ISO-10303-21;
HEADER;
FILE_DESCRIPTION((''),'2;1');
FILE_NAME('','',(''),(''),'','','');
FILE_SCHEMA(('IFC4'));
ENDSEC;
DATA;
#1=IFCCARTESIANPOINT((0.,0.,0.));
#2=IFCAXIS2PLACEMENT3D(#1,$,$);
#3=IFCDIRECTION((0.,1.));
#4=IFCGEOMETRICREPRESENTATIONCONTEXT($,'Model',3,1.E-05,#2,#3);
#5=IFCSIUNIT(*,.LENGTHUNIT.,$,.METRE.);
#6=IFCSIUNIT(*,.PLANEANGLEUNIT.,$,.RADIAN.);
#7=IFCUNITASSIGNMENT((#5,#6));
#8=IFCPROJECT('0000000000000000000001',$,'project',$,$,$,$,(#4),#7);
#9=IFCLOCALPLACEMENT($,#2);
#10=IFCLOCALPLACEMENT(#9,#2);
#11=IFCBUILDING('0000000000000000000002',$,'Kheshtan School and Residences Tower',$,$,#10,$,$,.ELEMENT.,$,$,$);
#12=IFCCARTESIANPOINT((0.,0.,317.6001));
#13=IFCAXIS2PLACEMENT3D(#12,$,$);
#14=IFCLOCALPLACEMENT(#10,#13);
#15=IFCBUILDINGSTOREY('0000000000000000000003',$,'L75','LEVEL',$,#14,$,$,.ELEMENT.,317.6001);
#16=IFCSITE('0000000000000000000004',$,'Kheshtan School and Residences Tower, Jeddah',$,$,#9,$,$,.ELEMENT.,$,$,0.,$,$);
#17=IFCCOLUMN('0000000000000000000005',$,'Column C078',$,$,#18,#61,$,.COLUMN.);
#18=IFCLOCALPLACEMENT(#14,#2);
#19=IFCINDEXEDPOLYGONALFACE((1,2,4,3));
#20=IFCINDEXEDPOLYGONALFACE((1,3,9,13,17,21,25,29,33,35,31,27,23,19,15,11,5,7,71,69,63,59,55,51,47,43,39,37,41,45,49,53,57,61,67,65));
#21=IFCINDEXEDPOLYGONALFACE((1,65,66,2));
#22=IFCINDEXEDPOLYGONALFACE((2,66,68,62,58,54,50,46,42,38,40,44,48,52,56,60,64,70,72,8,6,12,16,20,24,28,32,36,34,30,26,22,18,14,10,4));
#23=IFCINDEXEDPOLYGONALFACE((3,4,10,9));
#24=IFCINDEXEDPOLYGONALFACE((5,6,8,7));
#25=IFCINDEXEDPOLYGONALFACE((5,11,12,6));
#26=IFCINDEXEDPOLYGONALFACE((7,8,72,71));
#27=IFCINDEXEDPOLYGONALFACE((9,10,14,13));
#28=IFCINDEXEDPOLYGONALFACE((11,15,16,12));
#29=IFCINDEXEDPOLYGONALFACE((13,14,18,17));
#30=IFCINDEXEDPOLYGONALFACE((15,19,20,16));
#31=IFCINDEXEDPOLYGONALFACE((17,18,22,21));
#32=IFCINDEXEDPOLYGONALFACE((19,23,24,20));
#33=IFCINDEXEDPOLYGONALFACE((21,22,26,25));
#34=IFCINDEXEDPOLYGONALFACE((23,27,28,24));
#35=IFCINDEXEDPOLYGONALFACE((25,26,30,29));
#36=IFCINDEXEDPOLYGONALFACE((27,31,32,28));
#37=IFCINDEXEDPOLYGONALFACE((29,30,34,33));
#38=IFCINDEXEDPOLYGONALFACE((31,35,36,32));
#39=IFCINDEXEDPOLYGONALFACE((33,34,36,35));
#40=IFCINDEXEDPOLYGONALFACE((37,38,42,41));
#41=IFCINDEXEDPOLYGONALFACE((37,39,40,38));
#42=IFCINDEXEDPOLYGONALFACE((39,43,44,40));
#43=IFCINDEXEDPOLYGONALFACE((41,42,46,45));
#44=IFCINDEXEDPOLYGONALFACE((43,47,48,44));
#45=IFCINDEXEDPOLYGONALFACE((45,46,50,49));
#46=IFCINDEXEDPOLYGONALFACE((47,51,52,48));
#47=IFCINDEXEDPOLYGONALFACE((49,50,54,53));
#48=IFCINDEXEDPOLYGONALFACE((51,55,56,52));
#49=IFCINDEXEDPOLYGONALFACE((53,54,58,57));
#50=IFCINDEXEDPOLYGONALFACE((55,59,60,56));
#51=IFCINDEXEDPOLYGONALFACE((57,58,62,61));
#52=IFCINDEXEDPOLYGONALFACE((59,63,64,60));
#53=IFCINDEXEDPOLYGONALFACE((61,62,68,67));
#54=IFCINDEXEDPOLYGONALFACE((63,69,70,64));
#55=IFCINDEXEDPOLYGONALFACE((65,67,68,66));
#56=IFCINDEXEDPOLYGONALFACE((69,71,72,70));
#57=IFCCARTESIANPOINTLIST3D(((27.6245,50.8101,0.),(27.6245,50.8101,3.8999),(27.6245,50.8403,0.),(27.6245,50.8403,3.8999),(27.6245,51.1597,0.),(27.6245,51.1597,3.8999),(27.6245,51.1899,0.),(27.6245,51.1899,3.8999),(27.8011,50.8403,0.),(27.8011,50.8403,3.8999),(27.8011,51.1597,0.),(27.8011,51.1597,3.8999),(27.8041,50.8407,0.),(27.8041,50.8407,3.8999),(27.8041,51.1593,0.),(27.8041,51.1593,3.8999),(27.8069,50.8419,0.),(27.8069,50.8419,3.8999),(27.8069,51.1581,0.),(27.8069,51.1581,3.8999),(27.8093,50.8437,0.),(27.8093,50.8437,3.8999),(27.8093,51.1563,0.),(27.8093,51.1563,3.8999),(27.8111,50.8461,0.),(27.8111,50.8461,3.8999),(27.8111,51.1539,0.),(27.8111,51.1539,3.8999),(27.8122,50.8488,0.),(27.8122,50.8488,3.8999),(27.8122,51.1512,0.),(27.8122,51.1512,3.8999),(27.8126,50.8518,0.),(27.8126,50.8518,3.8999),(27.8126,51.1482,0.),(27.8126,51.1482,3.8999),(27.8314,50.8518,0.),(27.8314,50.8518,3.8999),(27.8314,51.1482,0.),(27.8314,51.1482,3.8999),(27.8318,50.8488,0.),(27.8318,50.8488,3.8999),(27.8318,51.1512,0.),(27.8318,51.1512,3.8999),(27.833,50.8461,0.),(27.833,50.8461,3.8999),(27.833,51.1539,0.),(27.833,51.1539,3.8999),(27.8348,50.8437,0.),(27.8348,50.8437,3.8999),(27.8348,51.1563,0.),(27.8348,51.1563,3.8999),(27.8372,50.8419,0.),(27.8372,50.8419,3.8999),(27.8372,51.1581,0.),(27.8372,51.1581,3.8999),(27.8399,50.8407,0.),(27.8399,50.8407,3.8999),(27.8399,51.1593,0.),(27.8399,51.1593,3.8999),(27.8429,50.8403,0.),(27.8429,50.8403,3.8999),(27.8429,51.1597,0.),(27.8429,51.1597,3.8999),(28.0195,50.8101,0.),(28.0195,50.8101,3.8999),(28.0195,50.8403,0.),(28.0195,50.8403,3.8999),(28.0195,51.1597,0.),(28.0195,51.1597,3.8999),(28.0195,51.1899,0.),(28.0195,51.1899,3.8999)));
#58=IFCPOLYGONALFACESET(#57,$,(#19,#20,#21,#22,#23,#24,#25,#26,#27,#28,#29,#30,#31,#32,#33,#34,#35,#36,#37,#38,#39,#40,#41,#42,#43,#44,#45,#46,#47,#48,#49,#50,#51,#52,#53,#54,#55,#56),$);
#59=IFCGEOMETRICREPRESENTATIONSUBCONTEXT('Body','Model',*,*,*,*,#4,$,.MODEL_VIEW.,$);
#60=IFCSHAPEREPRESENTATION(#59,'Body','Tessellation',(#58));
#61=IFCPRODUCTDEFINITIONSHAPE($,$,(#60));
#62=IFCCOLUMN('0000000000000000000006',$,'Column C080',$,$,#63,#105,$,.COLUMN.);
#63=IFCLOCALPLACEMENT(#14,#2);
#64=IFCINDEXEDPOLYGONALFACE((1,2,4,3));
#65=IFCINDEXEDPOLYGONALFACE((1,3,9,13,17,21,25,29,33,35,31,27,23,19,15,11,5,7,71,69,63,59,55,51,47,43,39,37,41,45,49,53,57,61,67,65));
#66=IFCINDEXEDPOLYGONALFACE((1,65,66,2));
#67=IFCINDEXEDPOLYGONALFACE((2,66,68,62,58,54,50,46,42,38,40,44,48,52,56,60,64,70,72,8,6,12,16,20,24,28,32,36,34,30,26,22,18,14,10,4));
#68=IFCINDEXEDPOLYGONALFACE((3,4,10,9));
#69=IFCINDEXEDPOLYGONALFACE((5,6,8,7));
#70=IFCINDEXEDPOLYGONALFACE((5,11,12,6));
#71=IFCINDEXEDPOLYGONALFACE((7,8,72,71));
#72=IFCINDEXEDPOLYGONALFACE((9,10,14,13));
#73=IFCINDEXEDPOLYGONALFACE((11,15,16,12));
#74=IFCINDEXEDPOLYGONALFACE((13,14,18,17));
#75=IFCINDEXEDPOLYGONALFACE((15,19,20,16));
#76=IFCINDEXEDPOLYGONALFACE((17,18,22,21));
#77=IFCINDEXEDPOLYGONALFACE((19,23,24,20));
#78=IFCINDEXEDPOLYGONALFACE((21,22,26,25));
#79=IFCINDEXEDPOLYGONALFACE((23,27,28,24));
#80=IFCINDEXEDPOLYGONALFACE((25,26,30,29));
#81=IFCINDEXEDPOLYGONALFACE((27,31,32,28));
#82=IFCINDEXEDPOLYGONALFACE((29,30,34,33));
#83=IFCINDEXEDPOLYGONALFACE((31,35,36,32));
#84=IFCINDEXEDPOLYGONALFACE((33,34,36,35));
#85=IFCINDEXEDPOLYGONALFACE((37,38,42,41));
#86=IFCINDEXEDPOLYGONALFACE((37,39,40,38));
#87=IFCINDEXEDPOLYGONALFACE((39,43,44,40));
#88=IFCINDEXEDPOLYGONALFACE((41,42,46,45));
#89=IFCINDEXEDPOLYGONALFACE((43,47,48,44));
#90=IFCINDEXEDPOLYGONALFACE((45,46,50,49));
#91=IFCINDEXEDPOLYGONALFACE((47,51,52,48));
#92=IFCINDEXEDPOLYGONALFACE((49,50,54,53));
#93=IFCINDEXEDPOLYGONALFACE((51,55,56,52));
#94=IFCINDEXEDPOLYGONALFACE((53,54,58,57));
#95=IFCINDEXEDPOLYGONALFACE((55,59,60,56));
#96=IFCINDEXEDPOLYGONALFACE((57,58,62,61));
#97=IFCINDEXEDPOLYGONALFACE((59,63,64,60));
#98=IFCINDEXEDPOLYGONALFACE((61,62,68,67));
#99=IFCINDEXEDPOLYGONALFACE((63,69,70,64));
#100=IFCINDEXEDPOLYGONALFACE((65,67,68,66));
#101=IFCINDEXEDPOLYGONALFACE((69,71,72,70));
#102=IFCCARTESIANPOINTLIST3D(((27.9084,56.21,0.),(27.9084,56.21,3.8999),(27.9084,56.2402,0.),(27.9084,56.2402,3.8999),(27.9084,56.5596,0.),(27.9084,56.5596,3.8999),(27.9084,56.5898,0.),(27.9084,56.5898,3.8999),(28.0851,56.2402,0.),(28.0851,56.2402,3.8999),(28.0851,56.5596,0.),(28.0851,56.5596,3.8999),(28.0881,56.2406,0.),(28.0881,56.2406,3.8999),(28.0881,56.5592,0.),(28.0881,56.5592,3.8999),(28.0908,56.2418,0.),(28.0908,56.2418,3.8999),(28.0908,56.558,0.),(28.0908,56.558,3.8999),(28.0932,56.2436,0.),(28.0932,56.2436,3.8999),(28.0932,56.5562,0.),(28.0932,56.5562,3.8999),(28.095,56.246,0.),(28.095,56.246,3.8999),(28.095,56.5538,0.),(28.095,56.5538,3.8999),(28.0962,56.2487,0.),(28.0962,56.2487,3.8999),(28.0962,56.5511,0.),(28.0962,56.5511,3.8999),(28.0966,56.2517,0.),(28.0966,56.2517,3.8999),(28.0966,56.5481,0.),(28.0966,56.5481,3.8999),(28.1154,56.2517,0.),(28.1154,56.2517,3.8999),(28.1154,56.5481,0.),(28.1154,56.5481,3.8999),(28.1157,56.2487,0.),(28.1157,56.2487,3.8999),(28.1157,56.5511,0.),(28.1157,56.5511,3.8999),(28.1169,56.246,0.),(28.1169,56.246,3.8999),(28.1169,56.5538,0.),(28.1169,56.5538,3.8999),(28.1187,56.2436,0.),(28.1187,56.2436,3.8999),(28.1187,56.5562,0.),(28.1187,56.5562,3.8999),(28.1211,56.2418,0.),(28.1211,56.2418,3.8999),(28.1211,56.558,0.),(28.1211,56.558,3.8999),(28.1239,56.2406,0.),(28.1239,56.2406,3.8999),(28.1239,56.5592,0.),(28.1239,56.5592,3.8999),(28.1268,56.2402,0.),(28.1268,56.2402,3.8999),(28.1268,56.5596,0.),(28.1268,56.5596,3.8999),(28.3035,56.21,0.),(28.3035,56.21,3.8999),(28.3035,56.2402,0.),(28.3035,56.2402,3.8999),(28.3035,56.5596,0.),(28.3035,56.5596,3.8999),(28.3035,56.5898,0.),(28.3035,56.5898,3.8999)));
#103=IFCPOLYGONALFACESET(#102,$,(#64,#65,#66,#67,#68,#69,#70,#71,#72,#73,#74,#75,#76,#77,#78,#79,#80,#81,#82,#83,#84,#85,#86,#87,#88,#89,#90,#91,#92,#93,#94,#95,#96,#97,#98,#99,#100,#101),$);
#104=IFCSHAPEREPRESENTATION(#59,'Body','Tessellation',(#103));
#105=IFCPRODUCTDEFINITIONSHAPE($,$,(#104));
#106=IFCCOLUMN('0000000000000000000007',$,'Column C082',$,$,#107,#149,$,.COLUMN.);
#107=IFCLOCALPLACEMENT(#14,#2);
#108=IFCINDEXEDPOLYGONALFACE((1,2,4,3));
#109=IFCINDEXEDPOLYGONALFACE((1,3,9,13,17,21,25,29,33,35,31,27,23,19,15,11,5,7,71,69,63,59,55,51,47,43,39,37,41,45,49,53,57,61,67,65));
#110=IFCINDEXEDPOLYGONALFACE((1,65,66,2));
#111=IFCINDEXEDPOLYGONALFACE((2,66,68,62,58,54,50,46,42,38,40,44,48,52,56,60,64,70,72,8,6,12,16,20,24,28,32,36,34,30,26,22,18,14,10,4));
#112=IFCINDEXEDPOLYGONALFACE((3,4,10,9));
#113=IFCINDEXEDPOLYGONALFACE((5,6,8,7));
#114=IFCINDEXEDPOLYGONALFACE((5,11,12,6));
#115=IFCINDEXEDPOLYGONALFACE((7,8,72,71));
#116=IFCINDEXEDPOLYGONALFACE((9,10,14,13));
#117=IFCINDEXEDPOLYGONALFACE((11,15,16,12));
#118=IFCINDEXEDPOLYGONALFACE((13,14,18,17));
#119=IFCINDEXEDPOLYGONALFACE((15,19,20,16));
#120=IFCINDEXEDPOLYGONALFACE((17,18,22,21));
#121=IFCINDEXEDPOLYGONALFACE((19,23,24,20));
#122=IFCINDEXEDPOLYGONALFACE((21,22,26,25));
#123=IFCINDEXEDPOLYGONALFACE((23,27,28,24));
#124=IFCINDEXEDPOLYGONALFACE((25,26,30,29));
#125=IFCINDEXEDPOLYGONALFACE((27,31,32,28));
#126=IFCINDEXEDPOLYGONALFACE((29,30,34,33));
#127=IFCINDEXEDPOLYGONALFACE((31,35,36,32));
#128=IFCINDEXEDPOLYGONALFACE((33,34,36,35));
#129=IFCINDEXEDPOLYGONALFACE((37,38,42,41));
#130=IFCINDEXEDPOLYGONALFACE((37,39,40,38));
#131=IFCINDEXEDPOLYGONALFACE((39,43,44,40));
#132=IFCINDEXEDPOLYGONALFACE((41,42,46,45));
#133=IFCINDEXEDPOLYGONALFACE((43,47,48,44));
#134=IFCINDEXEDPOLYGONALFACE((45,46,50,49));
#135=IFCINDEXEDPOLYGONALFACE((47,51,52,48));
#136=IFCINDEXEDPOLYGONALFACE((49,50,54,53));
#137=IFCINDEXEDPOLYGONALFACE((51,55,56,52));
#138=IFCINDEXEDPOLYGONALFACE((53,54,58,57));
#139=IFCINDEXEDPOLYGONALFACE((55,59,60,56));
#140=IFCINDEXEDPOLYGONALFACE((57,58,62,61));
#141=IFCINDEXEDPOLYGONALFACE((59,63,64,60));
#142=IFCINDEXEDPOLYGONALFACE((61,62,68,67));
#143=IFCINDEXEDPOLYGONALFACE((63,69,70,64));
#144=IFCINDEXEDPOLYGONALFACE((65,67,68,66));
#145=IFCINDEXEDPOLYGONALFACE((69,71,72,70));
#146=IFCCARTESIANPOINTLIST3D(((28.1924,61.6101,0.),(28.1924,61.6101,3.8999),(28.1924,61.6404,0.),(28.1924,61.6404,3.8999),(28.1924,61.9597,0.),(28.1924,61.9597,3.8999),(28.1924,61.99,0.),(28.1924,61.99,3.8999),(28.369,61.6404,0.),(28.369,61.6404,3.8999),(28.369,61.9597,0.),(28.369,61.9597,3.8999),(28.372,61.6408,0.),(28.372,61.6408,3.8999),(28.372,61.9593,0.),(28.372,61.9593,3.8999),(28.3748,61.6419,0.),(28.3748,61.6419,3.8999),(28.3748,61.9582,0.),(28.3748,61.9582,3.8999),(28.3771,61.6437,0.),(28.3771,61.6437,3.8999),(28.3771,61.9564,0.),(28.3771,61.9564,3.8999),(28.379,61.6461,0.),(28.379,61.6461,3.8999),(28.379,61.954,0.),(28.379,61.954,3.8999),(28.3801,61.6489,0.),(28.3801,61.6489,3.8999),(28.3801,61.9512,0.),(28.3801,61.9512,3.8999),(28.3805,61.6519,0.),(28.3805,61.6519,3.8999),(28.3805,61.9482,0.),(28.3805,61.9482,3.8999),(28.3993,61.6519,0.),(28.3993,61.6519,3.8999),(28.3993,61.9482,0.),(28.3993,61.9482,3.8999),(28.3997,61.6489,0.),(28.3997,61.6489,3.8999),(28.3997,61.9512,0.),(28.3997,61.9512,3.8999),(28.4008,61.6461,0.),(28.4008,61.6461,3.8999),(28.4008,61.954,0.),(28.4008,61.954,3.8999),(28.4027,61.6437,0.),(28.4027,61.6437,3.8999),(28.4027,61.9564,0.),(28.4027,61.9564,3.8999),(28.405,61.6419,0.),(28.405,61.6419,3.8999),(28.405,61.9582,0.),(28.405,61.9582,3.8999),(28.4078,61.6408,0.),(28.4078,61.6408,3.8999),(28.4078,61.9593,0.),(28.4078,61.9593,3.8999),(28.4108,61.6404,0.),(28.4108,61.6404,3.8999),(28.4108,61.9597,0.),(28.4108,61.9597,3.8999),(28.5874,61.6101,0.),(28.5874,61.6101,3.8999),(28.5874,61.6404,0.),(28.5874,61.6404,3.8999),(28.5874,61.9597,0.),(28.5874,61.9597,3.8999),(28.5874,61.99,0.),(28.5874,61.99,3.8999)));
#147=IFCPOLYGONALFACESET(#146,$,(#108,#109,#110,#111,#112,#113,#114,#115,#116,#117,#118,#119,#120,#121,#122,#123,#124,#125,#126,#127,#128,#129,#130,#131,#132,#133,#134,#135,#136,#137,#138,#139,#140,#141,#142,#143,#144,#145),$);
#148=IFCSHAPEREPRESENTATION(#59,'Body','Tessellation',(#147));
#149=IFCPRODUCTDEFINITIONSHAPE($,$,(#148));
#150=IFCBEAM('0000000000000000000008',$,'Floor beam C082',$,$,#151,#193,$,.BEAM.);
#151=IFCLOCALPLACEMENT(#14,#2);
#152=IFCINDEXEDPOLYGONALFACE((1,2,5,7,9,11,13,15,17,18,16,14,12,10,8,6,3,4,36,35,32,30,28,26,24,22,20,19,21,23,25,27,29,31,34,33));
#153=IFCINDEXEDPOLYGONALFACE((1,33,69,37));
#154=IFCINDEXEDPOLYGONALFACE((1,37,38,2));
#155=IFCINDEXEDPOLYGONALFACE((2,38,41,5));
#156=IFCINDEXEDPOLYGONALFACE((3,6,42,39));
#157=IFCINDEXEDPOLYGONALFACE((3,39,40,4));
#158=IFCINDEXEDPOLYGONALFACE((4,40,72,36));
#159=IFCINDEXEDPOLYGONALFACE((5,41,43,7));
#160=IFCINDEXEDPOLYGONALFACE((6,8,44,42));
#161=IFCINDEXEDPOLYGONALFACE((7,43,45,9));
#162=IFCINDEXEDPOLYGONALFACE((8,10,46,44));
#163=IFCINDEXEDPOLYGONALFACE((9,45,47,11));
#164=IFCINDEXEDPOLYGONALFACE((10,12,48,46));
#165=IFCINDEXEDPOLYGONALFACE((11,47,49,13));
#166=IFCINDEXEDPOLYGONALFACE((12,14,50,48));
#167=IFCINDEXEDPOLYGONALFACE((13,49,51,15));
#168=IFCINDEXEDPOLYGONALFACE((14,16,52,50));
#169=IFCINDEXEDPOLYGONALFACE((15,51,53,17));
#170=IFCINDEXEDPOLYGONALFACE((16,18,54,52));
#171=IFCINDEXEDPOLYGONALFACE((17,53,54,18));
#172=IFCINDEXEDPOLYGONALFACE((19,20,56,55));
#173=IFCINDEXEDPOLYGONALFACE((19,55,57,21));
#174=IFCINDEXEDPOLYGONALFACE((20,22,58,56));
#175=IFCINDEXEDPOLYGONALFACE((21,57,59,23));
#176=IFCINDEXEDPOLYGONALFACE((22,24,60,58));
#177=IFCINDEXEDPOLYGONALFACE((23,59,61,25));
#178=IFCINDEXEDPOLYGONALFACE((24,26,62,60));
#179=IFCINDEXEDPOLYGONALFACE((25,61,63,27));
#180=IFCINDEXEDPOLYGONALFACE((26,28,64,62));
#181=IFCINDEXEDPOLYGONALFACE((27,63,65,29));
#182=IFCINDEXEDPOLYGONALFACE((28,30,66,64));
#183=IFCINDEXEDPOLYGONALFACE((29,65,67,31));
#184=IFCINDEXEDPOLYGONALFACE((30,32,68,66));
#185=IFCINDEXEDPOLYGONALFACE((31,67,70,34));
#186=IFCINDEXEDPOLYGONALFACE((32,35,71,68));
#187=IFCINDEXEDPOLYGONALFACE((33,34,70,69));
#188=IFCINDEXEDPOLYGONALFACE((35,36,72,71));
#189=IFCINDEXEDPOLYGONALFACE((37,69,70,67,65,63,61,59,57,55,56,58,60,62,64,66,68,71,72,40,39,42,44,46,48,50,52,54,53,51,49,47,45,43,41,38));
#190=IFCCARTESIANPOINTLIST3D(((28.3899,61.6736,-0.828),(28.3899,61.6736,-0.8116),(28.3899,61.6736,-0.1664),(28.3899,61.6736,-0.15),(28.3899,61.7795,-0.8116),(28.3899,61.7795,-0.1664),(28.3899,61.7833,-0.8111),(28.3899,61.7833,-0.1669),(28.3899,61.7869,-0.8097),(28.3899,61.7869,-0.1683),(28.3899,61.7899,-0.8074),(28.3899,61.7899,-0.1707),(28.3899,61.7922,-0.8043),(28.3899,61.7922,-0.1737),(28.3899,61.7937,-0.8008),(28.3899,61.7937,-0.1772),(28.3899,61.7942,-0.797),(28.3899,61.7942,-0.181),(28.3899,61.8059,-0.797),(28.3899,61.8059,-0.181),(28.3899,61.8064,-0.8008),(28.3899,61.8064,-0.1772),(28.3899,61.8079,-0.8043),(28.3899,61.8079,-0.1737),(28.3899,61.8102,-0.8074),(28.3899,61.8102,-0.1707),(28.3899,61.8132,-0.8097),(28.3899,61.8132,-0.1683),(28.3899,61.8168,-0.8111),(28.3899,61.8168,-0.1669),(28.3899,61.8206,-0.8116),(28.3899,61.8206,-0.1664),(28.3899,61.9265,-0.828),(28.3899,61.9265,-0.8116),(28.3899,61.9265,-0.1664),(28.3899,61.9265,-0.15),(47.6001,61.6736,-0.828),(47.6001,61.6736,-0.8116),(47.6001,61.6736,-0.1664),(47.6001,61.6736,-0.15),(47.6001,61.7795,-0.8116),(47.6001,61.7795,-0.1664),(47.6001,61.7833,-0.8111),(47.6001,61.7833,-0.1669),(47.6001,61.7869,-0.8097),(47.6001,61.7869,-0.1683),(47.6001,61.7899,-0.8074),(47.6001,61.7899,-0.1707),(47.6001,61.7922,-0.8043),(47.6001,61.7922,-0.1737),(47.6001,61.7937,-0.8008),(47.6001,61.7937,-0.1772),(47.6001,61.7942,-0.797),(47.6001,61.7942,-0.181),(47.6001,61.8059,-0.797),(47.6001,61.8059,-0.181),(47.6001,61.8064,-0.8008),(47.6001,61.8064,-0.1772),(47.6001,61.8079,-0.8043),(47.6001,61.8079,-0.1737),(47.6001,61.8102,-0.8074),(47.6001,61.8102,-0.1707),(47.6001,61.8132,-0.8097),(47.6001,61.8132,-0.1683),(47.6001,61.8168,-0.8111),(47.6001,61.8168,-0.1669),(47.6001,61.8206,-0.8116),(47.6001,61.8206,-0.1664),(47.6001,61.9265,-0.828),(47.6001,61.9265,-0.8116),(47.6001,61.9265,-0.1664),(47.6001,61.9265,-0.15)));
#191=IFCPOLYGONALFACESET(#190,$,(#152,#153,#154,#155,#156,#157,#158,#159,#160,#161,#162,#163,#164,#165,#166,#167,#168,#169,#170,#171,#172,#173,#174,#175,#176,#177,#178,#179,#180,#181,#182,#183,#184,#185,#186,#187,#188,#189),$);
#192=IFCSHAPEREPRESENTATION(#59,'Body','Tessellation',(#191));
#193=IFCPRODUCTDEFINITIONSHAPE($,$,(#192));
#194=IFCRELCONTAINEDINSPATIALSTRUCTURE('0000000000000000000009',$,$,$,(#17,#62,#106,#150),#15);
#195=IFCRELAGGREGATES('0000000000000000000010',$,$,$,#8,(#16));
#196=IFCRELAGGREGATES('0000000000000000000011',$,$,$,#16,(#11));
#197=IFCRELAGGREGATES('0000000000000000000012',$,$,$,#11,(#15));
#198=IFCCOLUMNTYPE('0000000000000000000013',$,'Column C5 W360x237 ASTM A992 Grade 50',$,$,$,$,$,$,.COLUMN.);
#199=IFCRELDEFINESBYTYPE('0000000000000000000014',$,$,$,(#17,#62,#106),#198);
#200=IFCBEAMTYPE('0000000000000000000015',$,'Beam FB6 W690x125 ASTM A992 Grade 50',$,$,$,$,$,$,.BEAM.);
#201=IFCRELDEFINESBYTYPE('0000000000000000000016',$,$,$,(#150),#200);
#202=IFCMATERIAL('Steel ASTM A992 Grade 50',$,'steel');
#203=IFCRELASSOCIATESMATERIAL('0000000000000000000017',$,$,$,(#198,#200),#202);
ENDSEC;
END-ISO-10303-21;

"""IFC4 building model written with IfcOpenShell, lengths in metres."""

from ifc_helpers import new_model, si_unit, direction, frame, origin, origin_2d, place, context, subcontext, project, spatial, i_section, extrude, material, material_profile, profile_set, type_object, element, save


model = new_model("IFC4")

# Units and contexts
model_context = context("Model", 3, precision=1e-05, world=origin(), true_north=direction((0.0, 1.0)))
body_context = subcontext(model_context, "Body", "Model", "MODEL_VIEW")
ifc_project = project(units=[si_unit("LENGTHUNIT", "METRE"), si_unit("PLANEANGLEUNIT", "RADIAN")], contexts=[model_context])

# Site, building, storey
site_placement = place(None, origin())
site = spatial("IfcSite", under=ifc_project, at=site_placement, Name="Kheshtan School and Residences Tower, Jeddah", CompositionType="ELEMENT", RefElevation=0.0)
building_placement = place(site_placement, origin())
building = spatial("IfcBuilding", under=site, at=building_placement, Name="Kheshtan School and Residences Tower", CompositionType="ELEMENT")
storey_placement = place(building_placement, frame((0.0, 0.0, 317.6001)))
storey = spatial("IfcBuildingStorey", under=building, at=storey_placement, Name="L75", Description="LEVEL", CompositionType="ELEMENT", Elevation=317.6001)

# Columns
ifc_material_1 = material(Name="Steel ASTM A992 Grade 50", Category="steel")
ifc_material_profile_1 = material_profile(ifc_material_1, i_section(OverallWidth=0.395, OverallDepth=0.3799, WebThickness=0.0188, FlangeThickness=0.0303, FilletRadius=0.0115, at=origin_2d()), Name="W360x237")
ifc_profile_set_1 = profile_set([ifc_material_profile_1], Name="Steel ASTM A992 Grade 50")
column_type = type_object("IfcColumnType", Name="Column C5 W360x237 ASTM A992 Grade 50", PredefinedType="COLUMN", material=ifc_profile_set_1)
for number, where, z_axis, x_axis, name in (
    (1, (27.822, 51.0, 0.0), (0.0, 0.0, 1.0), (1.0, 0.0, 0.0), "Column C078"),
    (2, (28.106, 56.3999, 0.0), (0.0, 0.0, 1.0), (1.0, 0.0, 0.0), "Column C080"),
    (3, (28.3899, 61.8, 0.0), (0.0, 0.0, 1.0), (1.0, 0.0, 0.0), "Column C082"),
):
    element("IfcColumn", number, at=place(storey_placement, frame(where, z_axis=z_axis, x_axis=x_axis)), inside=storey, type_object=column_type, Name=name, PredefinedType="COLUMN", context=body_context, shape_type="SweptSolid", body=[
        extrude(i_section(OverallWidth=0.395, OverallDepth=0.3799, WebThickness=0.0188, FlangeThickness=0.0303, FilletRadius=0.0115, at=origin_2d()), origin(), (0.0, 0.0, 1.0), 3.8999),
    ])

# Beam
ifc_material_profile_2 = material_profile(ifc_material_1, i_section(OverallWidth=0.2529, OverallDepth=0.678, WebThickness=0.0117, FlangeThickness=0.0164, FilletRadius=0.0146, at=origin_2d()), Name="W690x125")
ifc_profile_set_2 = profile_set([ifc_material_profile_2], Name="Steel ASTM A992 Grade 50")
beam_type_1 = type_object("IfcBeamType", Name="Beam FB6 W690x125 ASTM A992 Grade 50", PredefinedType="BEAM", material=ifc_profile_set_2)
beam_1_placement = place(storey_placement, frame((28.3899, 61.8, -0.489), z_axis=(1.0, 0.0, 0.0), x_axis=(0.0, 1.0, 0.0)))
element("IfcBeam", 4, at=beam_1_placement, inside=storey, type_object=beam_type_1, Name="Floor beam C082", PredefinedType="BEAM", context=body_context, shape_type="SweptSolid", body=[
    extrude(i_section(OverallWidth=0.2529, OverallDepth=0.678, WebThickness=0.0117, FlangeThickness=0.0164, FilletRadius=0.0146, at=origin_2d()), origin(), (0.0, 0.0, 1.0), 19.2102),
])

save(model, "model.ifc")
